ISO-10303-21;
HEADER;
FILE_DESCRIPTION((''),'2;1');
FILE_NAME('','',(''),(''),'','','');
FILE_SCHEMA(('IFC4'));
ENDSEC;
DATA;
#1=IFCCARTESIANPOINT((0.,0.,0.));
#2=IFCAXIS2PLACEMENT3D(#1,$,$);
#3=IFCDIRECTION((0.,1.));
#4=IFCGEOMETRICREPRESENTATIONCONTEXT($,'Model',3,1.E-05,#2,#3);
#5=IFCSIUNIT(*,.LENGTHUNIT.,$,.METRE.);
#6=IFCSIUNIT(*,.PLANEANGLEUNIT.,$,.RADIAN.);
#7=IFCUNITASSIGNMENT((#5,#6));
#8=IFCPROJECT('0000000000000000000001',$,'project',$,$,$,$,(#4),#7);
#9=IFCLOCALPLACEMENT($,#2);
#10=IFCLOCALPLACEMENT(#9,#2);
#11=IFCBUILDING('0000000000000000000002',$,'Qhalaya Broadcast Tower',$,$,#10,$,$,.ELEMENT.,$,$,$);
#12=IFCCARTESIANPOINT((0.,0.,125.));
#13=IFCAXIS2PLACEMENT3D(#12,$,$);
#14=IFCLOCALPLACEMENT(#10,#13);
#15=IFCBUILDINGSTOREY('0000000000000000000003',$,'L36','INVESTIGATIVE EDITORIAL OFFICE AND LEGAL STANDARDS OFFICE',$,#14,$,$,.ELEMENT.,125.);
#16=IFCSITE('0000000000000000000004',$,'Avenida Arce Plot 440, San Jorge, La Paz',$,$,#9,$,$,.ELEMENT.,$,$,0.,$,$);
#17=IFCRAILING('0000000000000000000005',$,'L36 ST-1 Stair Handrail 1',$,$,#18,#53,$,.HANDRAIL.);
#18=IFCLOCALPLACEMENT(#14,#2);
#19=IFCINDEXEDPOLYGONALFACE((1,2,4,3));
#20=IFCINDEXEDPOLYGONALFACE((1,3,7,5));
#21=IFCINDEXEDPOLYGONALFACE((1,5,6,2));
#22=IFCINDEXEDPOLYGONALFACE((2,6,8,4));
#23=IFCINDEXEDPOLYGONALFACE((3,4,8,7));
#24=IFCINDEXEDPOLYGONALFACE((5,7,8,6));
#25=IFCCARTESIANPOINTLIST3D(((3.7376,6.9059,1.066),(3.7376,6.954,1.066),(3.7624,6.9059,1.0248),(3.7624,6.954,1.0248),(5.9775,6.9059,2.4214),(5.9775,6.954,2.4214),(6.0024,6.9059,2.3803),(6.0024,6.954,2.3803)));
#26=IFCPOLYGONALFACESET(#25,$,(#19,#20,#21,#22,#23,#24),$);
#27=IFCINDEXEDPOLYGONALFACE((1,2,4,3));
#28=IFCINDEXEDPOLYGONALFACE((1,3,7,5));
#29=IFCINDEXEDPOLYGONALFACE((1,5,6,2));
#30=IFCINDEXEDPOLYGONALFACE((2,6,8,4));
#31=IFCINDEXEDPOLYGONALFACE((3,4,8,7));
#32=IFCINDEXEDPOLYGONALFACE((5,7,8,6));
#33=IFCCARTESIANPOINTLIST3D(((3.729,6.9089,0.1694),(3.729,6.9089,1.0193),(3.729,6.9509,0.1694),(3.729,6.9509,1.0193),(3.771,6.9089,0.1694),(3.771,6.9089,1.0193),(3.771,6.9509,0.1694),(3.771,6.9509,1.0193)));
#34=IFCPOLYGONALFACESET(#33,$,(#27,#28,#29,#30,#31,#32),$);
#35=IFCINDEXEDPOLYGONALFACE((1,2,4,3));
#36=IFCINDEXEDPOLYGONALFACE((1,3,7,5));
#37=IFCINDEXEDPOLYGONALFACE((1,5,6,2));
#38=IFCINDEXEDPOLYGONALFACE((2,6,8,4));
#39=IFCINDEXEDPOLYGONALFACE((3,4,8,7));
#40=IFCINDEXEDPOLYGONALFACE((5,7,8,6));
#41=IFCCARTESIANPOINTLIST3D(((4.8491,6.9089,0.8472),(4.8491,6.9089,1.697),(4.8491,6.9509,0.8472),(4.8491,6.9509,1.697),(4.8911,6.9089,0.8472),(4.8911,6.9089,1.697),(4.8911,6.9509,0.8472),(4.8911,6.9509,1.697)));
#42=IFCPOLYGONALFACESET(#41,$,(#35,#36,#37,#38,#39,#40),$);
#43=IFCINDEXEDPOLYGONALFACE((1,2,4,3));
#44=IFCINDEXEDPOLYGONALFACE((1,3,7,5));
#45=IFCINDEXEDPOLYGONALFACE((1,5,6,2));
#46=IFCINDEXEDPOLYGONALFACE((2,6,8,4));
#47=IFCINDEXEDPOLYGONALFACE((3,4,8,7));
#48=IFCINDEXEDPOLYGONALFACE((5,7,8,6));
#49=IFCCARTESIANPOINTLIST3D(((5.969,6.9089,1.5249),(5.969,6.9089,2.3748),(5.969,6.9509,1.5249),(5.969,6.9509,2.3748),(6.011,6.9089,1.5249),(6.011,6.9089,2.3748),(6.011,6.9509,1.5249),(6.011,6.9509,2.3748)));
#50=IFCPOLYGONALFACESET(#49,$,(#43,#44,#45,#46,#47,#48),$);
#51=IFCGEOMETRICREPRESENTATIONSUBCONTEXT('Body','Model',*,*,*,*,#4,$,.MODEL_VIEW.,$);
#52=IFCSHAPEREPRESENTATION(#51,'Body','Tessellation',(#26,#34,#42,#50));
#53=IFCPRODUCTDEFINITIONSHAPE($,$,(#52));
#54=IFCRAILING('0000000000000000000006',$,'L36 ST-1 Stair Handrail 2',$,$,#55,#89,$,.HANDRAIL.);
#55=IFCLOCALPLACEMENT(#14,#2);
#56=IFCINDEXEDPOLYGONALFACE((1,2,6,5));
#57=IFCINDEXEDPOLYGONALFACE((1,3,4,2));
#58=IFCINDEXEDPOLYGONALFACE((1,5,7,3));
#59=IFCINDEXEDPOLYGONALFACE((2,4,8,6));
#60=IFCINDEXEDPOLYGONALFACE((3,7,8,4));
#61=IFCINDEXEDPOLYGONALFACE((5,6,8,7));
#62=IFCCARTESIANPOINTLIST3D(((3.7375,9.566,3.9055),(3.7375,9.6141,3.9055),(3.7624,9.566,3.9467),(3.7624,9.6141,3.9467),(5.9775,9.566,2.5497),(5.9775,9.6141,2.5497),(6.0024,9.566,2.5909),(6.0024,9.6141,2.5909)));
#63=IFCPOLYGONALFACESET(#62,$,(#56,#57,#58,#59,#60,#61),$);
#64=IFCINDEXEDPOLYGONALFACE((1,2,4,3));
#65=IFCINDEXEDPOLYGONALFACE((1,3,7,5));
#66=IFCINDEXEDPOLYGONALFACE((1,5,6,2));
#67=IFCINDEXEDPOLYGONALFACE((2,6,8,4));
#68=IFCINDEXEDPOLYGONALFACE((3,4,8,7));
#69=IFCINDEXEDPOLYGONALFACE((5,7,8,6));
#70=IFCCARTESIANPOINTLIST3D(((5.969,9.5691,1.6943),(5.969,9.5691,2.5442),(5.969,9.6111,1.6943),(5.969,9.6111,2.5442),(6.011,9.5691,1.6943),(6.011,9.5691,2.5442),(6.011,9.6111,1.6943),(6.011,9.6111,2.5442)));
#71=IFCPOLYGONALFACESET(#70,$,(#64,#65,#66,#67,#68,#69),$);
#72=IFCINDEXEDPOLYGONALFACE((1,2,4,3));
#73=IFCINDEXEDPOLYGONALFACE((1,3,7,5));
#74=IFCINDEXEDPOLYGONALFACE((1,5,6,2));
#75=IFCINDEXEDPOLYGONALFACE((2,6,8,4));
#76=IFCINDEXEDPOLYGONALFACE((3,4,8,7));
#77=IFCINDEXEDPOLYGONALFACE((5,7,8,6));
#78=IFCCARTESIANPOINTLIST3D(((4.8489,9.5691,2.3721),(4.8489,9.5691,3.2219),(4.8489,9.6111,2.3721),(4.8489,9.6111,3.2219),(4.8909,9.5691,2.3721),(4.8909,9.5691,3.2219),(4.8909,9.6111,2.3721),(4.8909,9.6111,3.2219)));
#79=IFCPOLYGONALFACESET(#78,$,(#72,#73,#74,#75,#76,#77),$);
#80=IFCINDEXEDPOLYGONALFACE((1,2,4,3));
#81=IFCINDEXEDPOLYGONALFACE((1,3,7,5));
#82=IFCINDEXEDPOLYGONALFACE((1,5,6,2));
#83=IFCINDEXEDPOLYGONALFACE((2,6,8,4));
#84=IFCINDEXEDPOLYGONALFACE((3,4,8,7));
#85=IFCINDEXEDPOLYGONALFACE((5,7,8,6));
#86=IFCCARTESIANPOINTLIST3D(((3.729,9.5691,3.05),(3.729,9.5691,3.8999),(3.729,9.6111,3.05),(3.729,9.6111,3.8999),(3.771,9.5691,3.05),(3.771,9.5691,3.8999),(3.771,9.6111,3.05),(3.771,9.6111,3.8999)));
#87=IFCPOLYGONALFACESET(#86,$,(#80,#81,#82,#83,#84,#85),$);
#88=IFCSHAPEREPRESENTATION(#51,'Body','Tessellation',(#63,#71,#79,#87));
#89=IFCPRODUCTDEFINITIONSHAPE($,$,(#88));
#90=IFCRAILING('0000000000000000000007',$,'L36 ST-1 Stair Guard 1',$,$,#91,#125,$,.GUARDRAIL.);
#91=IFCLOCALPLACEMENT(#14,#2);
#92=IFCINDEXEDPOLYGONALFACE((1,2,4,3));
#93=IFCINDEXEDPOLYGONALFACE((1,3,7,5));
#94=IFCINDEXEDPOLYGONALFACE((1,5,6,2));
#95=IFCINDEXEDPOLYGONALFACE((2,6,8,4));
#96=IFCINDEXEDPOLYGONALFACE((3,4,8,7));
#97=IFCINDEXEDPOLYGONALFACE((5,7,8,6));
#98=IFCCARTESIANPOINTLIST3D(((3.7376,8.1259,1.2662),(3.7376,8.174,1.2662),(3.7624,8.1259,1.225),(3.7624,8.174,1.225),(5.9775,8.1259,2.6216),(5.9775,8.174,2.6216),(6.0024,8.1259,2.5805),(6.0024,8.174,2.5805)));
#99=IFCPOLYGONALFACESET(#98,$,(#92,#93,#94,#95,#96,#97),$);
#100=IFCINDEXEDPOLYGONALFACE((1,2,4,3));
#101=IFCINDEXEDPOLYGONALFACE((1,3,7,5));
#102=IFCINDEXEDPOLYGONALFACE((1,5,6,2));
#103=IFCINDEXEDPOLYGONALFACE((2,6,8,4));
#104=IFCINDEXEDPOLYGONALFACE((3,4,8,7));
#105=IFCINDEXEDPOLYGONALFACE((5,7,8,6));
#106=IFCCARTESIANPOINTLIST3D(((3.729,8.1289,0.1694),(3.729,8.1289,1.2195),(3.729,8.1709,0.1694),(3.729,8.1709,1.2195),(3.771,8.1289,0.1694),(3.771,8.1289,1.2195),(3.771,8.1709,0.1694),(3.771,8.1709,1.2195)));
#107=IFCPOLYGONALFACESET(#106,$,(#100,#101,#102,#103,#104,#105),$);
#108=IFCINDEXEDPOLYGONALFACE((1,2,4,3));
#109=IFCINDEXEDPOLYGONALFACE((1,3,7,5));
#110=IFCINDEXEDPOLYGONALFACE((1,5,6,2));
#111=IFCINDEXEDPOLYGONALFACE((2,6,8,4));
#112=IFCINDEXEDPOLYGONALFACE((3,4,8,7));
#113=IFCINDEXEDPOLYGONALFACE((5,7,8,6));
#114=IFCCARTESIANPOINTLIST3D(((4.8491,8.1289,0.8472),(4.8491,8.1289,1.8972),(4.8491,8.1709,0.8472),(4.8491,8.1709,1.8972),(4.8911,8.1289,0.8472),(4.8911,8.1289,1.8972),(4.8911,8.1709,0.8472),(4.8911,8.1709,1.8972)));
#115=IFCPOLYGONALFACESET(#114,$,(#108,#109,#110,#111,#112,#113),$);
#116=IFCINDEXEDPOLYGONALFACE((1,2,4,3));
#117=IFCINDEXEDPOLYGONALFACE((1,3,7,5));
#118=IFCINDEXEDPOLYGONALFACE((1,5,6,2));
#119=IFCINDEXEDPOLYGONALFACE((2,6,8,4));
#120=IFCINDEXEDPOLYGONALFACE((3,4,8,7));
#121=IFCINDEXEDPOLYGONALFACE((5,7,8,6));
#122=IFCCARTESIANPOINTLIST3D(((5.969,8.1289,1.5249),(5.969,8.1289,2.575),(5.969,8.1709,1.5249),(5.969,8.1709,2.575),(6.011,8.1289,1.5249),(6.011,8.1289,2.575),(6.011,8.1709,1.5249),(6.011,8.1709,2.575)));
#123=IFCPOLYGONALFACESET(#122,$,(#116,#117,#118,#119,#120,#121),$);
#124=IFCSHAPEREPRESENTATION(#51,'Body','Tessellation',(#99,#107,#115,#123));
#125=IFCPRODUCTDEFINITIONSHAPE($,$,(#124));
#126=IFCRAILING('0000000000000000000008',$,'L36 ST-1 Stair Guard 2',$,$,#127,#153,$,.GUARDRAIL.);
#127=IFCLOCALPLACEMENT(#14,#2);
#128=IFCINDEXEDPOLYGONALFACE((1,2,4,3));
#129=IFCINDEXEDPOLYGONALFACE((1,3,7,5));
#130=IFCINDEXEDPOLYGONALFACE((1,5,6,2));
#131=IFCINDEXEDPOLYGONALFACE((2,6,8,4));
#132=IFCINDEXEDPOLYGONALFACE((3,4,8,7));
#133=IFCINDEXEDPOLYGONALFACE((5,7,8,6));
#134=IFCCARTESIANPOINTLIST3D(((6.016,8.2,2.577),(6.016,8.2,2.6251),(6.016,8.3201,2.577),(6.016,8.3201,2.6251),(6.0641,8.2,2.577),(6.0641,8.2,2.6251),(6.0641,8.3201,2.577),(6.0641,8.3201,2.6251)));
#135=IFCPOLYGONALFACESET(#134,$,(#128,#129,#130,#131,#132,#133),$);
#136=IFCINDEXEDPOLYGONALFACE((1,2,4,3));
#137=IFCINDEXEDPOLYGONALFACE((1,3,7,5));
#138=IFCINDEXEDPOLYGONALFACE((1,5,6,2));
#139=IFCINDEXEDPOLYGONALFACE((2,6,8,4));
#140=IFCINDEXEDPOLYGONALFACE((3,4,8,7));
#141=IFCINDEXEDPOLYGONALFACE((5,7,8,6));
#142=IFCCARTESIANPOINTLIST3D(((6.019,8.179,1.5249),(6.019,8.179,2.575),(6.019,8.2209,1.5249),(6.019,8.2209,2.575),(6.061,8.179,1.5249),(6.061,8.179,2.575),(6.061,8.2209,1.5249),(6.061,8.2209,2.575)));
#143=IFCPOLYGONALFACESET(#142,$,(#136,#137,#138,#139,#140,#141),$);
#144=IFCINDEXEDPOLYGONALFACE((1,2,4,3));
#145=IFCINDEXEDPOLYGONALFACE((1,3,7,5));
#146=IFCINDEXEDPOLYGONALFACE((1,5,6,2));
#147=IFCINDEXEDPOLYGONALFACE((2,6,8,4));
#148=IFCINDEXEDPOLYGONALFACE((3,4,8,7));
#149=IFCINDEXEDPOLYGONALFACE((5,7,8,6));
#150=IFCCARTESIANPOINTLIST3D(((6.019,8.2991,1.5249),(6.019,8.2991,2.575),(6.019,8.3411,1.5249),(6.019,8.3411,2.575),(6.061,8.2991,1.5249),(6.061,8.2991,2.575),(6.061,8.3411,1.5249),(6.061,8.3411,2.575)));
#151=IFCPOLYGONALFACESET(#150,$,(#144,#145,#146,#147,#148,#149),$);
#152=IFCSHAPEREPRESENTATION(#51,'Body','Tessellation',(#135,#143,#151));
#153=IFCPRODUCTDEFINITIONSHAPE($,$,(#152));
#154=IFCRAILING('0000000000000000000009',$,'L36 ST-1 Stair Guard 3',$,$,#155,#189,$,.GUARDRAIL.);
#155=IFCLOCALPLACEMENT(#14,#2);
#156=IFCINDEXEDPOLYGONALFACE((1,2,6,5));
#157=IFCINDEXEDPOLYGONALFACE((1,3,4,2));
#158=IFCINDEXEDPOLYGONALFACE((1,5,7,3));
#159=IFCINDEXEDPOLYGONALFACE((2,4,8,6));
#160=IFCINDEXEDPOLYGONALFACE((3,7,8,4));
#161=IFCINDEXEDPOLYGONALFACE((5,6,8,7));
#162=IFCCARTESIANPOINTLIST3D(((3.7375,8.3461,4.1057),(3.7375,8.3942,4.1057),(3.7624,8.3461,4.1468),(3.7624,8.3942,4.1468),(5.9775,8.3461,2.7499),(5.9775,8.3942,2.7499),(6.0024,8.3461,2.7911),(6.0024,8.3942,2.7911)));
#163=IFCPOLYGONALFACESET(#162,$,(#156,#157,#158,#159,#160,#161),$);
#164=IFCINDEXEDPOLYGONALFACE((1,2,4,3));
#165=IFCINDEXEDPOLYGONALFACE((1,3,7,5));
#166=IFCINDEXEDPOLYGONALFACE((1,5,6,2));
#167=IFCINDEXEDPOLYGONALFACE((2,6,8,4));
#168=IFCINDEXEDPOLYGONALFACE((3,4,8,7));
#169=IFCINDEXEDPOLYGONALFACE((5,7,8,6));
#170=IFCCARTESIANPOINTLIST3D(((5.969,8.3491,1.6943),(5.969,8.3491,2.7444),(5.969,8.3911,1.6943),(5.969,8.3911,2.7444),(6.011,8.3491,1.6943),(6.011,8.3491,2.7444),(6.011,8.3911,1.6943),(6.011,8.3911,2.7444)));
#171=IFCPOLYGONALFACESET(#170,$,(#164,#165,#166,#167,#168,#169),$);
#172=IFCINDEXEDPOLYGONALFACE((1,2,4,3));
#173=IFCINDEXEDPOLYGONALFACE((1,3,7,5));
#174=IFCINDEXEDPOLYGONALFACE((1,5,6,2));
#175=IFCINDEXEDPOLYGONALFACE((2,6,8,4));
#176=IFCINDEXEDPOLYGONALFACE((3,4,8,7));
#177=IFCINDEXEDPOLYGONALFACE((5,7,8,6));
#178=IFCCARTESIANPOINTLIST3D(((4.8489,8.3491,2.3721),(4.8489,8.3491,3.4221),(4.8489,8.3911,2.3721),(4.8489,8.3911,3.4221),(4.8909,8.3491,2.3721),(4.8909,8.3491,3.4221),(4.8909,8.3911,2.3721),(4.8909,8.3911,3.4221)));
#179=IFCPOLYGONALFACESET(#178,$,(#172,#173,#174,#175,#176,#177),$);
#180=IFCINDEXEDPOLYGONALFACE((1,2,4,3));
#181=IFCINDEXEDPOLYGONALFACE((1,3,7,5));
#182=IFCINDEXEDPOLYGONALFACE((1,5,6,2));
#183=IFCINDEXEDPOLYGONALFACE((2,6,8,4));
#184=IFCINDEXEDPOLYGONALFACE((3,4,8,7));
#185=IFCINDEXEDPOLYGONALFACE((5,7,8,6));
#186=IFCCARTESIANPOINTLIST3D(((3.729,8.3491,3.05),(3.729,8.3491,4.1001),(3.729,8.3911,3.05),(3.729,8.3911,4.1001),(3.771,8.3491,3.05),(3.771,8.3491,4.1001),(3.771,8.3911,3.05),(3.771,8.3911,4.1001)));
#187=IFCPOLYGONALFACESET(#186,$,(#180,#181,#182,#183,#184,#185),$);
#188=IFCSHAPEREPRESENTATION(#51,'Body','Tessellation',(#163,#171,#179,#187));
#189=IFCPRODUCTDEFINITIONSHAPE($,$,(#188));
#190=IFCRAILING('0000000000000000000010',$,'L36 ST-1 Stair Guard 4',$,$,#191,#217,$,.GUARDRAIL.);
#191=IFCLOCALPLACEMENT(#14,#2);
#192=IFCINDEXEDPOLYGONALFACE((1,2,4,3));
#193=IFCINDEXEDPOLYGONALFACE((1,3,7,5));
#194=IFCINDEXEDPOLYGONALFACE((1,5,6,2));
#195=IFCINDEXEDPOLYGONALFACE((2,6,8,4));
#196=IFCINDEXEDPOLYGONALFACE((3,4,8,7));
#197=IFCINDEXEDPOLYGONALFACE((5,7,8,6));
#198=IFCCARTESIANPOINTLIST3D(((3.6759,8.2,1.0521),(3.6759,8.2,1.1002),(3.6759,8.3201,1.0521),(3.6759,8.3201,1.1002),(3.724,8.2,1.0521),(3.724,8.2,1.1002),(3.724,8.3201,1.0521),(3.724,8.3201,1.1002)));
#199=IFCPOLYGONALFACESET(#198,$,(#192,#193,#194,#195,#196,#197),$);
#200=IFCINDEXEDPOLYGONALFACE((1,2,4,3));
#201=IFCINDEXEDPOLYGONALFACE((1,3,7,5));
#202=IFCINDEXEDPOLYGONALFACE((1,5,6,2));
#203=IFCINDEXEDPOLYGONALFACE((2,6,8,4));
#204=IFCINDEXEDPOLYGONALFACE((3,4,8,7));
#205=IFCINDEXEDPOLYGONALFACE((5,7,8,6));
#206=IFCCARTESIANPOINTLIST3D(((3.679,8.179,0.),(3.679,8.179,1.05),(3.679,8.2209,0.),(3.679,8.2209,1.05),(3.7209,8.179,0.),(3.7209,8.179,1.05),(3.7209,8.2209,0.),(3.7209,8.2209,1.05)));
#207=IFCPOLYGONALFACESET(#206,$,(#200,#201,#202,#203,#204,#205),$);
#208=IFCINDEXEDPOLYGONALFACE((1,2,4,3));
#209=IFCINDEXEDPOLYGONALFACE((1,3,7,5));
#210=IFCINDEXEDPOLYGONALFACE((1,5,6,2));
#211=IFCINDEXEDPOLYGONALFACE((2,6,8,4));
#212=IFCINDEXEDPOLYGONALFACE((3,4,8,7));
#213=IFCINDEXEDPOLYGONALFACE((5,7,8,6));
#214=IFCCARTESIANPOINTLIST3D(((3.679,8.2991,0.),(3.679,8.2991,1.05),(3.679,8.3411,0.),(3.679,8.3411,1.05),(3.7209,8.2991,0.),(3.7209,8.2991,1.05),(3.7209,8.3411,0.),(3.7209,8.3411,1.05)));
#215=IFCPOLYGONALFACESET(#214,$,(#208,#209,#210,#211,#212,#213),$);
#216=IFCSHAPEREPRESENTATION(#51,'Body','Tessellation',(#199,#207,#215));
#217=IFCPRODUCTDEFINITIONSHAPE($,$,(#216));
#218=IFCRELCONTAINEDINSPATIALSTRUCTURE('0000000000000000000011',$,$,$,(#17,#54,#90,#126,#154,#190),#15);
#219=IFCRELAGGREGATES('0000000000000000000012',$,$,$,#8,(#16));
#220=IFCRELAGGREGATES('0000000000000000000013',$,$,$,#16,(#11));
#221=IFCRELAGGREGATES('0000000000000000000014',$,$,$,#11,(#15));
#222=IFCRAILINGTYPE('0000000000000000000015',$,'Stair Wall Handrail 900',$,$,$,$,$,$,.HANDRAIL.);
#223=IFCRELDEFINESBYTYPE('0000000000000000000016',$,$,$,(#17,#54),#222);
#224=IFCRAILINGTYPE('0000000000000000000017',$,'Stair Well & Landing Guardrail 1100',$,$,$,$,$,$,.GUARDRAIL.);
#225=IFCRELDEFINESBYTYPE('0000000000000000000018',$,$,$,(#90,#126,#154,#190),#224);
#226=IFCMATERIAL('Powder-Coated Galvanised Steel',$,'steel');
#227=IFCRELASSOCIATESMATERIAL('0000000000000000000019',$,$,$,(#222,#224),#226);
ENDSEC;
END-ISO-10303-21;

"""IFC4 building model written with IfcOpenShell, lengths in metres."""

from ifc_helpers import new_model, si_unit, direction, frame, origin, origin_2d, place, context, subcontext, project, spatial, rectangle, extrude, material, type_object, element, save


model = new_model("IFC4")

# Units and contexts
model_context = context("Model", 3, precision=1e-05, world=origin(), true_north=direction((0.0, 1.0)))
body_context = subcontext(model_context, "Body", "Model", "MODEL_VIEW")
ifc_project = project(units=[si_unit("LENGTHUNIT", "METRE"), si_unit("PLANEANGLEUNIT", "RADIAN")], contexts=[model_context])

# Site, building, storey
site_placement = place(None, origin())
site = spatial("IfcSite", under=ifc_project, at=site_placement, Name="Avenida Arce Plot 440, San Jorge, La Paz", CompositionType="ELEMENT", RefElevation=0.0)
building_placement = place(site_placement, origin())
building = spatial("IfcBuilding", under=site, at=building_placement, Name="Qhalaya Broadcast Tower", CompositionType="ELEMENT")
storey_placement = place(building_placement, frame((0.0, 0.0, 125.0)))
storey = spatial("IfcBuildingStorey", under=building, at=storey_placement, Name="L36", Description="INVESTIGATIVE EDITORIAL OFFICE AND LEGAL STANDARDS OFFICE", CompositionType="ELEMENT", Elevation=125.0)

# Railings
ifc_material_1 = material(Name="Powder-Coated Galvanised Steel", Category="steel")
railing_type_1 = type_object("IfcRailingType", Name="Stair Wall Handrail 900", PredefinedType="HANDRAIL", material=ifc_material_1)
railing_1_placement = place(storey_placement, frame((3.75, 6.9299, 0.1694)))
element("IfcRailing", 1, at=railing_1_placement, inside=storey, type_object=railing_type_1, Name="L36 ST-1 Stair Handrail 1", PredefinedType="HANDRAIL", context=body_context, shape_type="SweptSolid", body=[
    extrude(rectangle(XDim=0.0481, YDim=0.0481, at=origin_2d()), frame((0.0, 0.0, 0.876), z_axis=(0.855553, 0.0, 0.517715), x_axis=(0.0, 1.0, 0.0)), (0.0, 0.0, 1.0), 2.6182),
    extrude(rectangle(XDim=0.042, YDim=0.042, at=origin_2d()), origin(), (0.0, 0.0, 1.0), 0.8499),
    extrude(rectangle(XDim=0.042, YDim=0.042, at=origin_2d()), frame((1.1201, 0.0, 0.6777)), (0.0, 0.0, 1.0), 0.8499),
    extrude(rectangle(XDim=0.042, YDim=0.042, at=origin_2d()), frame((2.24, 0.0, 1.3555)), (0.0, 0.0, 1.0), 0.8499),
])
railing_2_placement = place(storey_placement, frame((5.99, 9.5901, 1.6943)))
element("IfcRailing", 2, at=railing_2_placement, inside=storey, type_object=railing_type_1, Name="L36 ST-1 Stair Handrail 2", PredefinedType="HANDRAIL", context=body_context, shape_type="SweptSolid", body=[
    extrude(rectangle(XDim=0.0481, YDim=0.0481, at=origin_2d()), frame((0.0, 0.0, 0.876), z_axis=(-0.855512, 0.0, 0.517783), x_axis=(0.0, -1.0, 0.0)), (0.0, 0.0, 1.0), 2.6184),
    extrude(rectangle(XDim=0.042, YDim=0.042, at=origin_2d()), origin(), (0.0, 0.0, 1.0), 0.8499),
    extrude(rectangle(XDim=0.042, YDim=0.042, at=origin_2d()), frame((-1.1201, 0.0, 0.6777)), (0.0, 0.0, 1.0), 0.8499),
    extrude(rectangle(XDim=0.042, YDim=0.042, at=origin_2d()), frame((-2.24, 0.0, 1.3557)), (0.0, 0.0, 1.0), 0.8499),
])
railing_type_2 = type_object("IfcRailingType", Name="Stair Well & Landing Guardrail 1100", PredefinedType="GUARDRAIL", material=ifc_material_1)
railing_3_placement = place(storey_placement, frame((3.75, 8.1499, 0.1694)))
element("IfcRailing", 3, at=railing_3_placement, inside=storey, type_object=railing_type_2, Name="L36 ST-1 Stair Guard 1", PredefinedType="GUARDRAIL", context=body_context, shape_type="SweptSolid", body=[
    extrude(rectangle(XDim=0.0481, YDim=0.0481, at=origin_2d()), frame((0.0, 0.0, 1.0762), z_axis=(0.855553, 0.0, 0.517715), x_axis=(0.0, 1.0, 0.0)), (0.0, 0.0, 1.0), 2.6182),
    extrude(rectangle(XDim=0.042, YDim=0.042, at=origin_2d()), origin(), (0.0, 0.0, 1.0), 1.05),
    extrude(rectangle(XDim=0.042, YDim=0.042, at=origin_2d()), frame((1.1201, 0.0, 0.6777)), (0.0, 0.0, 1.0), 1.05),
    extrude(rectangle(XDim=0.042, YDim=0.042, at=origin_2d()), frame((2.24, 0.0, 1.3555)), (0.0, 0.0, 1.0), 1.05),
])
railing_4_placement = place(storey_placement, frame((6.04, 8.2, 1.5249)))
element("IfcRailing", 4, at=railing_4_placement, inside=storey, type_object=railing_type_2, Name="L36 ST-1 Stair Guard 2", PredefinedType="GUARDRAIL", context=body_context, shape_type="SweptSolid", body=[
    extrude(rectangle(XDim=0.0481, YDim=0.0481, at=origin_2d()), frame((0.0, 0.0, 1.0762), z_axis=(0.0, 1.0, 0.0), x_axis=(-1.0, 0.0, 0.0)), (0.0, 0.0, 1.0), 0.1201),
    extrude(rectangle(XDim=0.042, YDim=0.042, at=origin_2d()), origin(), (0.0, 0.0, 1.0), 1.05),
    extrude(rectangle(XDim=0.042, YDim=0.042, at=origin_2d()), frame((0.0, 0.1201, 0.0)), (0.0, 0.0, 1.0), 1.05),
])
railing_5_placement = place(storey_placement, frame((5.99, 8.3701, 1.6943)))
element("IfcRailing", 5, at=railing_5_placement, inside=storey, type_object=railing_type_2, Name="L36 ST-1 Stair Guard 3", PredefinedType="GUARDRAIL", context=body_context, shape_type="SweptSolid", body=[
    extrude(rectangle(XDim=0.0481, YDim=0.0481, at=origin_2d()), frame((0.0, 0.0, 1.0762), z_axis=(-0.855512, 0.0, 0.517783), x_axis=(0.0, -1.0, 0.0)), (0.0, 0.0, 1.0), 2.6184),
    extrude(rectangle(XDim=0.042, YDim=0.042, at=origin_2d()), origin(), (0.0, 0.0, 1.0), 1.05),
    extrude(rectangle(XDim=0.042, YDim=0.042, at=origin_2d()), frame((-1.1201, 0.0, 0.6777)), (0.0, 0.0, 1.0), 1.05),
    extrude(rectangle(XDim=0.042, YDim=0.042, at=origin_2d()), frame((-2.24, 0.0, 1.3557)), (0.0, 0.0, 1.0), 1.05),
])
railing_6_placement = place(storey_placement, frame((3.7, 8.2, 0.0)))
element("IfcRailing", 6, at=railing_6_placement, inside=storey, type_object=railing_type_2, Name="L36 ST-1 Stair Guard 4", PredefinedType="GUARDRAIL", context=body_context, shape_type="SweptSolid", body=[
    extrude(rectangle(XDim=0.0481, YDim=0.0481, at=origin_2d()), frame((0.0, 0.0, 1.0762), z_axis=(0.0, 1.0, 0.0), x_axis=(-1.0, 0.0, 0.0)), (0.0, 0.0, 1.0), 0.1201),
    extrude(rectangle(XDim=0.042, YDim=0.042, at=origin_2d()), origin(), (0.0, 0.0, 1.0), 1.05),
    extrude(rectangle(XDim=0.042, YDim=0.042, at=origin_2d()), frame((0.0, 0.1201, 0.0)), (0.0, 0.0, 1.0), 1.05),
])

save(model, "model.ifc")
